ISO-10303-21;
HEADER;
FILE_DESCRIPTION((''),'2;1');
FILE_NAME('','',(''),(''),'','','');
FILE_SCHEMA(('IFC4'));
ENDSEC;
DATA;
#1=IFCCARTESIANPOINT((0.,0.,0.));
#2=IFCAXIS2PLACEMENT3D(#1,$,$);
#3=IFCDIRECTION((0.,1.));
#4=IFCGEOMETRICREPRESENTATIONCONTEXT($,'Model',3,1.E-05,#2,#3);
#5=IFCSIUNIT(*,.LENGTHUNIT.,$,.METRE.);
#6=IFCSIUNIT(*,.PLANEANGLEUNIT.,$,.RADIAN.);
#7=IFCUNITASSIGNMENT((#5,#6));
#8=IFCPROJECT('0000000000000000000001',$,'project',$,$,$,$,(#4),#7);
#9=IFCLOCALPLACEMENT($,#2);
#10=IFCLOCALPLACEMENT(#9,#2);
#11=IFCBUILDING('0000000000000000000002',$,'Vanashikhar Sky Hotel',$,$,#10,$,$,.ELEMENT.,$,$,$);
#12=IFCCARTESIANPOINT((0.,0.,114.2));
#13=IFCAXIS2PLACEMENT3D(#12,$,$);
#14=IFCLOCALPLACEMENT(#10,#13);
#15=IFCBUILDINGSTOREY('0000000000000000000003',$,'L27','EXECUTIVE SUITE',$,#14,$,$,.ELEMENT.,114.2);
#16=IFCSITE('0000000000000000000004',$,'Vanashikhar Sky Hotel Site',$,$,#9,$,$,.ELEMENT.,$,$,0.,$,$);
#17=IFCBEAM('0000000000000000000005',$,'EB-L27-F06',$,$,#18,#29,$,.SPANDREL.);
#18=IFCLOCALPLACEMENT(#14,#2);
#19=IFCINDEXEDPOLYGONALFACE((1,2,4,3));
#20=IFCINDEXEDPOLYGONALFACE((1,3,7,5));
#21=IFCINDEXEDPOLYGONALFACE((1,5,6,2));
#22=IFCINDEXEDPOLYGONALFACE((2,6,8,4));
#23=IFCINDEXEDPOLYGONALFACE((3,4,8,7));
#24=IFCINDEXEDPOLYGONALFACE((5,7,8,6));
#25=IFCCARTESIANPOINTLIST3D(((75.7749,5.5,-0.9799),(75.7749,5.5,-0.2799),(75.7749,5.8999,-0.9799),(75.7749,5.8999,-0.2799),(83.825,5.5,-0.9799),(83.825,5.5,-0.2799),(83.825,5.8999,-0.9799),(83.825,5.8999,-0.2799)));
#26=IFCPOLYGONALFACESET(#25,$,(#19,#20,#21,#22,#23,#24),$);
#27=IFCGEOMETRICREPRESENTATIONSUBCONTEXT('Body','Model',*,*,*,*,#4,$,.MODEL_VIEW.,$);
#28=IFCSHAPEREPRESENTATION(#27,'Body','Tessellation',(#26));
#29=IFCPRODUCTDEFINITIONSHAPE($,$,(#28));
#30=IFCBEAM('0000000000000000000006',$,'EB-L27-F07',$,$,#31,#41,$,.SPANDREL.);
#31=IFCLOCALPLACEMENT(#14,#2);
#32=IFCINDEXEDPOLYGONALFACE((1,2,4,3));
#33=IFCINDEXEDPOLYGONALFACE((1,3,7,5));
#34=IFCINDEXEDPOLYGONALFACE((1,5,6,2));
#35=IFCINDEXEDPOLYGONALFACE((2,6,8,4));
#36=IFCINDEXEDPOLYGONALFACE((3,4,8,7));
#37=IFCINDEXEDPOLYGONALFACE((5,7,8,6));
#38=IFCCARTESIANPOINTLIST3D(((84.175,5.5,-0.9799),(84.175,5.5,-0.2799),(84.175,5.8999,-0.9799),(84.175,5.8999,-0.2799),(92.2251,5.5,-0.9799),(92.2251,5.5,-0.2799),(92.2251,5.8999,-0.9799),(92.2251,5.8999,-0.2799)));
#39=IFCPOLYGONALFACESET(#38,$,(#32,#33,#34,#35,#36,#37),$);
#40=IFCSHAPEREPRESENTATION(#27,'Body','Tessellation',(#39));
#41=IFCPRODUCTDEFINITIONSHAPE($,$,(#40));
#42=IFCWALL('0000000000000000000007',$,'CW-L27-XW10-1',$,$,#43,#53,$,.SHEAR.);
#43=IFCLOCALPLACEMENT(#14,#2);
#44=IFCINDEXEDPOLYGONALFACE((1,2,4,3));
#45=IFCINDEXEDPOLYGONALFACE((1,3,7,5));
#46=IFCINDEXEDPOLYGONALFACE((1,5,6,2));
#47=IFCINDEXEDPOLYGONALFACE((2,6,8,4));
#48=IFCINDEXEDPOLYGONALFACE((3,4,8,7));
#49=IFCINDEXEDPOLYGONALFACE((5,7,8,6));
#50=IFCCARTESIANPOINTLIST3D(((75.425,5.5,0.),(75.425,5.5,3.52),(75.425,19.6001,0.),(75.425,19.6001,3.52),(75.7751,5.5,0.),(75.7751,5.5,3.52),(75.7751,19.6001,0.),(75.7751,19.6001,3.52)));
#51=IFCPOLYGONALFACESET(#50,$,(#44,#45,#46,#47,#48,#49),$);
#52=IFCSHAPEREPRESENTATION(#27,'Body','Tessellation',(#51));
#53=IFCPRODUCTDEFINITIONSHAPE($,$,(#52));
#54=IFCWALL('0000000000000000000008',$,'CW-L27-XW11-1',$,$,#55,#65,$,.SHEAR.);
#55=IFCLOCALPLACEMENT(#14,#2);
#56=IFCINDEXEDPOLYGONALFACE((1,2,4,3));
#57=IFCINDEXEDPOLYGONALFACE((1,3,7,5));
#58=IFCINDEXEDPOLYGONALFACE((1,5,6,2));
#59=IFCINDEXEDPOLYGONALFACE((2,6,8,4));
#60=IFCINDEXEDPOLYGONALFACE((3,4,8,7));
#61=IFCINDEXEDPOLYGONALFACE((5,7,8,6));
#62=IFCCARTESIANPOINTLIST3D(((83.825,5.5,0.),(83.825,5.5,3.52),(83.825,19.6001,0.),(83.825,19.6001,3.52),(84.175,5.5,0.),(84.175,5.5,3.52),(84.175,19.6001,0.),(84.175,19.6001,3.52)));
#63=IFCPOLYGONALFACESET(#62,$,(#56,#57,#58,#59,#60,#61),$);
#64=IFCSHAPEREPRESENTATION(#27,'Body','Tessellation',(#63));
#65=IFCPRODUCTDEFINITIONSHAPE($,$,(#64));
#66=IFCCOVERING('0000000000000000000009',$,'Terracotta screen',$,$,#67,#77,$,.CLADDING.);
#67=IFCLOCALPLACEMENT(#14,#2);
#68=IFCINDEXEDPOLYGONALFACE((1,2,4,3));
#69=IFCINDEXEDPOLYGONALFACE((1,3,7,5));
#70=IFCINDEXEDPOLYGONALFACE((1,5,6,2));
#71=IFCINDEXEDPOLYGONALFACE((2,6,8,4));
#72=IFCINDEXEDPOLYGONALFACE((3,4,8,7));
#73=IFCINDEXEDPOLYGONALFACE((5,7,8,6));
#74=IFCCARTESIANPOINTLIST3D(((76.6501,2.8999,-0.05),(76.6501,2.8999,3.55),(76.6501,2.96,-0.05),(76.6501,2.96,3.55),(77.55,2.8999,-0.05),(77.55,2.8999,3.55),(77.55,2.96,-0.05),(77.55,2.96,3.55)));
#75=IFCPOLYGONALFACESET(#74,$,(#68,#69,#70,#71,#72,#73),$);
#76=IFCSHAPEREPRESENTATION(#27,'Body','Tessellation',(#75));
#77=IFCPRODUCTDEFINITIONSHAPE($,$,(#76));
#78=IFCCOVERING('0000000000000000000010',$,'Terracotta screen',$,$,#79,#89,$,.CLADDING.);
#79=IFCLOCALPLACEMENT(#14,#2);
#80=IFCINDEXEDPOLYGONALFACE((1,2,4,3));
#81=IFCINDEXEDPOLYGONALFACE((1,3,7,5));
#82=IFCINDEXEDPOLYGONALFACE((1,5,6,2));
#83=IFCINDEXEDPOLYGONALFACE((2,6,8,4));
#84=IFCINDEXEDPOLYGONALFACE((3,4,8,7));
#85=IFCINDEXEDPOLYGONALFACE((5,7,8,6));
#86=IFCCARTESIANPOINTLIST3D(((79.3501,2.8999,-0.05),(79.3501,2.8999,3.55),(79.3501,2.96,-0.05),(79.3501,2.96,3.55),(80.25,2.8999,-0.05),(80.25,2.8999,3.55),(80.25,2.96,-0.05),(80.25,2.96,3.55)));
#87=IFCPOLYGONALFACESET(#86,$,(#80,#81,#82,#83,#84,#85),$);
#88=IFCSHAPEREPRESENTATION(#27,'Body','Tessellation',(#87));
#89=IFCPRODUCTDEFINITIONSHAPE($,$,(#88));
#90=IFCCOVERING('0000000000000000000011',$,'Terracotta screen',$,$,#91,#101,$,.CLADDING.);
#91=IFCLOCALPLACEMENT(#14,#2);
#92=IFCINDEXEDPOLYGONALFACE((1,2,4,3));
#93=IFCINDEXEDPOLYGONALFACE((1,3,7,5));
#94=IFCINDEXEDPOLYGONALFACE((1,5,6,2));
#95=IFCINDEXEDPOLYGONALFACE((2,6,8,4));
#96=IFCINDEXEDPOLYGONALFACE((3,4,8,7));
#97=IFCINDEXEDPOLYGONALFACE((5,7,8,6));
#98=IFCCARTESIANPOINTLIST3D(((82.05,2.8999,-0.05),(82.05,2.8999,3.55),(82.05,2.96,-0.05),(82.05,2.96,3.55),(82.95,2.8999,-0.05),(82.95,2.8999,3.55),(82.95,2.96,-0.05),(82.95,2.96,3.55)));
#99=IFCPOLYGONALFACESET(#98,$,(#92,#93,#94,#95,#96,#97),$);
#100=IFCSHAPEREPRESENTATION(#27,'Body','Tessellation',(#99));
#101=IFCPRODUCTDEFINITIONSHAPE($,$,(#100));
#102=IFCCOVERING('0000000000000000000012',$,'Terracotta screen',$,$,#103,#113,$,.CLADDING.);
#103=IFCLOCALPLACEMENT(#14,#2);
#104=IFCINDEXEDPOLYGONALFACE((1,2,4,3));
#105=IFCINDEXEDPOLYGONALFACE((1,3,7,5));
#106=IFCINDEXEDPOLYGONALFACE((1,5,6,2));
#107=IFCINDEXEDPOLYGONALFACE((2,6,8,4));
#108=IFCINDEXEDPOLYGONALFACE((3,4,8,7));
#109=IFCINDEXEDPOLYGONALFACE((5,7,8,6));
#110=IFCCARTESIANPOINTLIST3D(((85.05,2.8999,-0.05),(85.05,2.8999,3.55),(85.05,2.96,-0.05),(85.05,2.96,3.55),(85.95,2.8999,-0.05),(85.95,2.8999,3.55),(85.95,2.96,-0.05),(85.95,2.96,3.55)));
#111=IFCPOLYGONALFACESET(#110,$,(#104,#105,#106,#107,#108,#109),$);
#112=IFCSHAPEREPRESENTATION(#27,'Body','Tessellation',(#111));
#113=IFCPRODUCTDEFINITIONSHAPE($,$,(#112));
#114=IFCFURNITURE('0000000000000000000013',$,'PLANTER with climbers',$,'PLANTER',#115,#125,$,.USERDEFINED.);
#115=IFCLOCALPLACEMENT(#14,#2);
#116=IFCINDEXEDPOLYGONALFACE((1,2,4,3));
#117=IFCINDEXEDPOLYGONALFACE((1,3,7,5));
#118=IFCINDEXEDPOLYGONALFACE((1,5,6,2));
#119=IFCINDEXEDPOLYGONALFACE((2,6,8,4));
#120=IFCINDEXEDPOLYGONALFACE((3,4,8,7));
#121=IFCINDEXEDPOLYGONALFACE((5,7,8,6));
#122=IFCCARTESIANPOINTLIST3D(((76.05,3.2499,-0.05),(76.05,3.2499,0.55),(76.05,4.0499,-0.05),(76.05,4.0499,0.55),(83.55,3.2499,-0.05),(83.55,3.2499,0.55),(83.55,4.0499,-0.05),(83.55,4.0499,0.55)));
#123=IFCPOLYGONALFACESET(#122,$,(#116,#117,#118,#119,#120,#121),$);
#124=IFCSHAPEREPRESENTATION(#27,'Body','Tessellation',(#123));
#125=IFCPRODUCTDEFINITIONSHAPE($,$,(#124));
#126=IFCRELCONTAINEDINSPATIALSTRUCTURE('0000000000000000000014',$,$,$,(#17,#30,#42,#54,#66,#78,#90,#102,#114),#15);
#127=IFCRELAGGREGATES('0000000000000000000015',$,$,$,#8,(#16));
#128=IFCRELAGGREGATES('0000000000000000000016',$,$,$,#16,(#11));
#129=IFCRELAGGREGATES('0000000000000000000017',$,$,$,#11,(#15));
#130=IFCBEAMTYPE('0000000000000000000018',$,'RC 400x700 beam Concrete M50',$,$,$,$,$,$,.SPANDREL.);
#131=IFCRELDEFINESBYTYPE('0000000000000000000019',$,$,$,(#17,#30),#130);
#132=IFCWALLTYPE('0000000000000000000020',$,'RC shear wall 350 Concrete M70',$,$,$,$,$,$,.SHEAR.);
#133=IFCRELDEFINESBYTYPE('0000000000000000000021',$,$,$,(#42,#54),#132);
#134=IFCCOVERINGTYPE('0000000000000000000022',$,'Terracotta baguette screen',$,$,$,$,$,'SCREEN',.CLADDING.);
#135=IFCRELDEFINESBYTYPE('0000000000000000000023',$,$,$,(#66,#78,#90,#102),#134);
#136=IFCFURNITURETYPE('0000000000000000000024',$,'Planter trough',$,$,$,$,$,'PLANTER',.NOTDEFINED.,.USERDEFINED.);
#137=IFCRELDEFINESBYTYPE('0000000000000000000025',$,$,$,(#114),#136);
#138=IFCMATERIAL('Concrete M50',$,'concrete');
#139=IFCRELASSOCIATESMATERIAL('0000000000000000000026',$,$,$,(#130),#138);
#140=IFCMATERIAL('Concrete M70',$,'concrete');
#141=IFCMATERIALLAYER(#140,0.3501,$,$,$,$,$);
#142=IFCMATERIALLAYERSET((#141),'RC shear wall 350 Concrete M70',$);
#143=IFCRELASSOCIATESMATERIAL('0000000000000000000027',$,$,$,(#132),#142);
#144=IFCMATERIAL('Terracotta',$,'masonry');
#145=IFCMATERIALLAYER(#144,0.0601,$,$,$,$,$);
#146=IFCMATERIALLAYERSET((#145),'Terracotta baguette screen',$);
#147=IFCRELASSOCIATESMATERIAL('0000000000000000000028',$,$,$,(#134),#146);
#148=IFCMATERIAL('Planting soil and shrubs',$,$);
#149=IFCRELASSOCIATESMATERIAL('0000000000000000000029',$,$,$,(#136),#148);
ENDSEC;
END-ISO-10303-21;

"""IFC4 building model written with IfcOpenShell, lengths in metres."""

from ifc_helpers import new_model, si_unit, direction, frame, frame_2d, origin, origin_2d, place, context, subcontext, project, spatial, rectangle, extrude, source, transform, mapped, material, layer, layer_set, material_profile, profile_set, type_object, element, save


model = new_model("IFC4")

# Units and contexts
model_context = context("Model", 3, precision=1e-05, world=origin(), true_north=direction((0.0, 1.0)))
body_context = subcontext(model_context, "Body", "Model", "MODEL_VIEW")
ifc_project = project(units=[si_unit("LENGTHUNIT", "METRE"), si_unit("PLANEANGLEUNIT", "RADIAN")], contexts=[model_context])

# Site, building, storey
site_placement = place(None, origin())
site = spatial("IfcSite", under=ifc_project, at=site_placement, Name="Vanashikhar Sky Hotel Site", CompositionType="ELEMENT", RefElevation=0.0)
building_placement = place(site_placement, origin())
building = spatial("IfcBuilding", under=site, at=building_placement, Name="Vanashikhar Sky Hotel", CompositionType="ELEMENT")
storey_placement = place(building_placement, frame((0.0, 0.0, 114.2)))
storey = spatial("IfcBuildingStorey", under=building, at=storey_placement, Name="L27", Description="EXECUTIVE SUITE", CompositionType="ELEMENT", Elevation=114.2)

# Beams
ifc_material_1 = material(Name="Concrete M50", Category="concrete")
ifc_material_profile = material_profile(ifc_material_1, rectangle(XDim=0.3999, YDim=0.7, at=origin_2d()))
ifc_profile_set = profile_set([ifc_material_profile], Name="RC 400x700 beam Concrete M50")
beam_type = type_object("IfcBeamType", Name="RC 400x700 beam Concrete M50", PredefinedType="SPANDREL", material=ifc_profile_set)
shared_shape_1 = source(origin(), body_context, "Body", "SweptSolid", [
    extrude(rectangle(XDim=0.3999, YDim=0.7, at=origin_2d()), origin(), (0.0, 0.0, 1.0), 8.05),
])
for number, where, z_axis, x_axis, name in (
    (1, (75.7749, 5.7, -0.6299), (1.0, 0.0, 0.0), (0.0, 1.0, 0.0), "EB-L27-F06"),
    (2, (84.175, 5.7, -0.6299), (1.0, 0.0, 0.0), (0.0, 1.0, 0.0), "EB-L27-F07"),
):
    element("IfcBeam", number, at=place(storey_placement, frame(where, z_axis=z_axis, x_axis=x_axis)), inside=storey, type_object=beam_type, Name=name, PredefinedType="SPANDREL", context=body_context, shape_type="MappedRepresentation", body=[
        mapped(shared_shape_1, transform((0.0, 0.0, 0.0), scale=1.0)),
    ])

# Walls
ifc_material_2 = material(Name="Concrete M70", Category="concrete")
ifc_layer_1 = layer(ifc_material_2, 0.3501)
ifc_layer_set_1 = layer_set([ifc_layer_1], Name="RC shear wall 350 Concrete M70")
wall_type_1 = type_object("IfcWallType", Name="RC shear wall 350 Concrete M70", PredefinedType="SHEAR", material=ifc_layer_set_1)
shared_shape_2 = source(origin(), body_context, "Body", "SweptSolid", [
    extrude(rectangle(XDim=14.1001, YDim=0.3501, at=frame_2d((7.05, 0.0))), origin(), (0.0, 0.0, 1.0), 3.52),
])
for number, where, z_axis, x_axis, name in (
    (3, (75.6001, 5.5, 0.0), (0.0, 0.0, 1.0), (0.0, 1.0, 0.0), "CW-L27-XW10-1"),
    (4, (84.0, 5.5, 0.0), (0.0, 0.0, 1.0), (0.0, 1.0, 0.0), "CW-L27-XW11-1"),
):
    element("IfcWall", number, at=place(storey_placement, frame(where, z_axis=z_axis, x_axis=x_axis)), inside=storey, type_object=wall_type_1, Name=name, PredefinedType="SHEAR", context=body_context, shape_type="MappedRepresentation", body=[
        mapped(shared_shape_2, transform((0.0, 0.0, 0.0), scale=1.0)),
    ])

# Coverings
ifc_material_3 = material(Name="Terracotta", Category="masonry")
ifc_layer_2 = layer(ifc_material_3, 0.0601)
ifc_layer_set_2 = layer_set([ifc_layer_2], Name="Terracotta baguette screen")
covering_type = type_object("IfcCoveringType", Name="Terracotta baguette screen", ElementType="SCREEN", PredefinedType="CLADDING", material=ifc_layer_set_2)
shared_shape_3 = source(origin(), body_context, "Body", "SweptSolid", [
    extrude(rectangle(XDim=0.8999, YDim=0.0601, at=origin_2d()), origin(), (0.0, 0.0, 1.0), 3.6001),
])
for number, where, z_axis, x_axis, name in (
    (5, (77.1001, 2.9299, -0.05), (0.0, 0.0, 1.0), (1.0, 0.0, 0.0), "Terracotta screen"),
    (6, (79.8, 2.9299, -0.05), (0.0, 0.0, 1.0), (1.0, 0.0, 0.0), "Terracotta screen"),
    (7, (82.5, 2.9299, -0.05), (0.0, 0.0, 1.0), (1.0, 0.0, 0.0), "Terracotta screen"),
    (8, (85.5, 2.9299, -0.05), (0.0, 0.0, 1.0), (1.0, 0.0, 0.0), "Terracotta screen"),
):
    element("IfcCovering", number, at=place(storey_placement, frame(where, z_axis=z_axis, x_axis=x_axis)), inside=storey, type_object=covering_type, Name=name, PredefinedType="CLADDING", context=body_context, shape_type="MappedRepresentation", body=[
        mapped(shared_shape_3, transform((0.0, 0.0, 0.0), scale=1.0)),
    ])

# Furniture
ifc_material_4 = material(Name="Planting soil and shrubs")
furniture_type = type_object("IfcFurnitureType", Name="Planter trough", ElementType="PLANTER", AssemblyPlace="NOTDEFINED", PredefinedType="USERDEFINED", material=ifc_material_4)
shared_shape_4 = source(origin(), body_context, "Body", "SweptSolid", [
    extrude(rectangle(XDim=7.5, YDim=0.8, at=origin_2d()), origin(), (0.0, 0.0, 1.0), 0.6001),
])
furniture_placement = place(storey_placement, frame((79.8, 3.6499, -0.05), z_axis=(0.0, 0.0, 1.0), x_axis=(1.0, 0.0, 0.0)))
element("IfcFurniture", 9, at=furniture_placement, inside=storey, type_object=furniture_type, Name="PLANTER with climbers", ObjectType="PLANTER", PredefinedType="USERDEFINED", context=body_context, shape_type="MappedRepresentation", body=[
    mapped(shared_shape_4, transform((0.0, 0.0, 0.0), scale=1.0)),
])

save(model, "model.ifc")
